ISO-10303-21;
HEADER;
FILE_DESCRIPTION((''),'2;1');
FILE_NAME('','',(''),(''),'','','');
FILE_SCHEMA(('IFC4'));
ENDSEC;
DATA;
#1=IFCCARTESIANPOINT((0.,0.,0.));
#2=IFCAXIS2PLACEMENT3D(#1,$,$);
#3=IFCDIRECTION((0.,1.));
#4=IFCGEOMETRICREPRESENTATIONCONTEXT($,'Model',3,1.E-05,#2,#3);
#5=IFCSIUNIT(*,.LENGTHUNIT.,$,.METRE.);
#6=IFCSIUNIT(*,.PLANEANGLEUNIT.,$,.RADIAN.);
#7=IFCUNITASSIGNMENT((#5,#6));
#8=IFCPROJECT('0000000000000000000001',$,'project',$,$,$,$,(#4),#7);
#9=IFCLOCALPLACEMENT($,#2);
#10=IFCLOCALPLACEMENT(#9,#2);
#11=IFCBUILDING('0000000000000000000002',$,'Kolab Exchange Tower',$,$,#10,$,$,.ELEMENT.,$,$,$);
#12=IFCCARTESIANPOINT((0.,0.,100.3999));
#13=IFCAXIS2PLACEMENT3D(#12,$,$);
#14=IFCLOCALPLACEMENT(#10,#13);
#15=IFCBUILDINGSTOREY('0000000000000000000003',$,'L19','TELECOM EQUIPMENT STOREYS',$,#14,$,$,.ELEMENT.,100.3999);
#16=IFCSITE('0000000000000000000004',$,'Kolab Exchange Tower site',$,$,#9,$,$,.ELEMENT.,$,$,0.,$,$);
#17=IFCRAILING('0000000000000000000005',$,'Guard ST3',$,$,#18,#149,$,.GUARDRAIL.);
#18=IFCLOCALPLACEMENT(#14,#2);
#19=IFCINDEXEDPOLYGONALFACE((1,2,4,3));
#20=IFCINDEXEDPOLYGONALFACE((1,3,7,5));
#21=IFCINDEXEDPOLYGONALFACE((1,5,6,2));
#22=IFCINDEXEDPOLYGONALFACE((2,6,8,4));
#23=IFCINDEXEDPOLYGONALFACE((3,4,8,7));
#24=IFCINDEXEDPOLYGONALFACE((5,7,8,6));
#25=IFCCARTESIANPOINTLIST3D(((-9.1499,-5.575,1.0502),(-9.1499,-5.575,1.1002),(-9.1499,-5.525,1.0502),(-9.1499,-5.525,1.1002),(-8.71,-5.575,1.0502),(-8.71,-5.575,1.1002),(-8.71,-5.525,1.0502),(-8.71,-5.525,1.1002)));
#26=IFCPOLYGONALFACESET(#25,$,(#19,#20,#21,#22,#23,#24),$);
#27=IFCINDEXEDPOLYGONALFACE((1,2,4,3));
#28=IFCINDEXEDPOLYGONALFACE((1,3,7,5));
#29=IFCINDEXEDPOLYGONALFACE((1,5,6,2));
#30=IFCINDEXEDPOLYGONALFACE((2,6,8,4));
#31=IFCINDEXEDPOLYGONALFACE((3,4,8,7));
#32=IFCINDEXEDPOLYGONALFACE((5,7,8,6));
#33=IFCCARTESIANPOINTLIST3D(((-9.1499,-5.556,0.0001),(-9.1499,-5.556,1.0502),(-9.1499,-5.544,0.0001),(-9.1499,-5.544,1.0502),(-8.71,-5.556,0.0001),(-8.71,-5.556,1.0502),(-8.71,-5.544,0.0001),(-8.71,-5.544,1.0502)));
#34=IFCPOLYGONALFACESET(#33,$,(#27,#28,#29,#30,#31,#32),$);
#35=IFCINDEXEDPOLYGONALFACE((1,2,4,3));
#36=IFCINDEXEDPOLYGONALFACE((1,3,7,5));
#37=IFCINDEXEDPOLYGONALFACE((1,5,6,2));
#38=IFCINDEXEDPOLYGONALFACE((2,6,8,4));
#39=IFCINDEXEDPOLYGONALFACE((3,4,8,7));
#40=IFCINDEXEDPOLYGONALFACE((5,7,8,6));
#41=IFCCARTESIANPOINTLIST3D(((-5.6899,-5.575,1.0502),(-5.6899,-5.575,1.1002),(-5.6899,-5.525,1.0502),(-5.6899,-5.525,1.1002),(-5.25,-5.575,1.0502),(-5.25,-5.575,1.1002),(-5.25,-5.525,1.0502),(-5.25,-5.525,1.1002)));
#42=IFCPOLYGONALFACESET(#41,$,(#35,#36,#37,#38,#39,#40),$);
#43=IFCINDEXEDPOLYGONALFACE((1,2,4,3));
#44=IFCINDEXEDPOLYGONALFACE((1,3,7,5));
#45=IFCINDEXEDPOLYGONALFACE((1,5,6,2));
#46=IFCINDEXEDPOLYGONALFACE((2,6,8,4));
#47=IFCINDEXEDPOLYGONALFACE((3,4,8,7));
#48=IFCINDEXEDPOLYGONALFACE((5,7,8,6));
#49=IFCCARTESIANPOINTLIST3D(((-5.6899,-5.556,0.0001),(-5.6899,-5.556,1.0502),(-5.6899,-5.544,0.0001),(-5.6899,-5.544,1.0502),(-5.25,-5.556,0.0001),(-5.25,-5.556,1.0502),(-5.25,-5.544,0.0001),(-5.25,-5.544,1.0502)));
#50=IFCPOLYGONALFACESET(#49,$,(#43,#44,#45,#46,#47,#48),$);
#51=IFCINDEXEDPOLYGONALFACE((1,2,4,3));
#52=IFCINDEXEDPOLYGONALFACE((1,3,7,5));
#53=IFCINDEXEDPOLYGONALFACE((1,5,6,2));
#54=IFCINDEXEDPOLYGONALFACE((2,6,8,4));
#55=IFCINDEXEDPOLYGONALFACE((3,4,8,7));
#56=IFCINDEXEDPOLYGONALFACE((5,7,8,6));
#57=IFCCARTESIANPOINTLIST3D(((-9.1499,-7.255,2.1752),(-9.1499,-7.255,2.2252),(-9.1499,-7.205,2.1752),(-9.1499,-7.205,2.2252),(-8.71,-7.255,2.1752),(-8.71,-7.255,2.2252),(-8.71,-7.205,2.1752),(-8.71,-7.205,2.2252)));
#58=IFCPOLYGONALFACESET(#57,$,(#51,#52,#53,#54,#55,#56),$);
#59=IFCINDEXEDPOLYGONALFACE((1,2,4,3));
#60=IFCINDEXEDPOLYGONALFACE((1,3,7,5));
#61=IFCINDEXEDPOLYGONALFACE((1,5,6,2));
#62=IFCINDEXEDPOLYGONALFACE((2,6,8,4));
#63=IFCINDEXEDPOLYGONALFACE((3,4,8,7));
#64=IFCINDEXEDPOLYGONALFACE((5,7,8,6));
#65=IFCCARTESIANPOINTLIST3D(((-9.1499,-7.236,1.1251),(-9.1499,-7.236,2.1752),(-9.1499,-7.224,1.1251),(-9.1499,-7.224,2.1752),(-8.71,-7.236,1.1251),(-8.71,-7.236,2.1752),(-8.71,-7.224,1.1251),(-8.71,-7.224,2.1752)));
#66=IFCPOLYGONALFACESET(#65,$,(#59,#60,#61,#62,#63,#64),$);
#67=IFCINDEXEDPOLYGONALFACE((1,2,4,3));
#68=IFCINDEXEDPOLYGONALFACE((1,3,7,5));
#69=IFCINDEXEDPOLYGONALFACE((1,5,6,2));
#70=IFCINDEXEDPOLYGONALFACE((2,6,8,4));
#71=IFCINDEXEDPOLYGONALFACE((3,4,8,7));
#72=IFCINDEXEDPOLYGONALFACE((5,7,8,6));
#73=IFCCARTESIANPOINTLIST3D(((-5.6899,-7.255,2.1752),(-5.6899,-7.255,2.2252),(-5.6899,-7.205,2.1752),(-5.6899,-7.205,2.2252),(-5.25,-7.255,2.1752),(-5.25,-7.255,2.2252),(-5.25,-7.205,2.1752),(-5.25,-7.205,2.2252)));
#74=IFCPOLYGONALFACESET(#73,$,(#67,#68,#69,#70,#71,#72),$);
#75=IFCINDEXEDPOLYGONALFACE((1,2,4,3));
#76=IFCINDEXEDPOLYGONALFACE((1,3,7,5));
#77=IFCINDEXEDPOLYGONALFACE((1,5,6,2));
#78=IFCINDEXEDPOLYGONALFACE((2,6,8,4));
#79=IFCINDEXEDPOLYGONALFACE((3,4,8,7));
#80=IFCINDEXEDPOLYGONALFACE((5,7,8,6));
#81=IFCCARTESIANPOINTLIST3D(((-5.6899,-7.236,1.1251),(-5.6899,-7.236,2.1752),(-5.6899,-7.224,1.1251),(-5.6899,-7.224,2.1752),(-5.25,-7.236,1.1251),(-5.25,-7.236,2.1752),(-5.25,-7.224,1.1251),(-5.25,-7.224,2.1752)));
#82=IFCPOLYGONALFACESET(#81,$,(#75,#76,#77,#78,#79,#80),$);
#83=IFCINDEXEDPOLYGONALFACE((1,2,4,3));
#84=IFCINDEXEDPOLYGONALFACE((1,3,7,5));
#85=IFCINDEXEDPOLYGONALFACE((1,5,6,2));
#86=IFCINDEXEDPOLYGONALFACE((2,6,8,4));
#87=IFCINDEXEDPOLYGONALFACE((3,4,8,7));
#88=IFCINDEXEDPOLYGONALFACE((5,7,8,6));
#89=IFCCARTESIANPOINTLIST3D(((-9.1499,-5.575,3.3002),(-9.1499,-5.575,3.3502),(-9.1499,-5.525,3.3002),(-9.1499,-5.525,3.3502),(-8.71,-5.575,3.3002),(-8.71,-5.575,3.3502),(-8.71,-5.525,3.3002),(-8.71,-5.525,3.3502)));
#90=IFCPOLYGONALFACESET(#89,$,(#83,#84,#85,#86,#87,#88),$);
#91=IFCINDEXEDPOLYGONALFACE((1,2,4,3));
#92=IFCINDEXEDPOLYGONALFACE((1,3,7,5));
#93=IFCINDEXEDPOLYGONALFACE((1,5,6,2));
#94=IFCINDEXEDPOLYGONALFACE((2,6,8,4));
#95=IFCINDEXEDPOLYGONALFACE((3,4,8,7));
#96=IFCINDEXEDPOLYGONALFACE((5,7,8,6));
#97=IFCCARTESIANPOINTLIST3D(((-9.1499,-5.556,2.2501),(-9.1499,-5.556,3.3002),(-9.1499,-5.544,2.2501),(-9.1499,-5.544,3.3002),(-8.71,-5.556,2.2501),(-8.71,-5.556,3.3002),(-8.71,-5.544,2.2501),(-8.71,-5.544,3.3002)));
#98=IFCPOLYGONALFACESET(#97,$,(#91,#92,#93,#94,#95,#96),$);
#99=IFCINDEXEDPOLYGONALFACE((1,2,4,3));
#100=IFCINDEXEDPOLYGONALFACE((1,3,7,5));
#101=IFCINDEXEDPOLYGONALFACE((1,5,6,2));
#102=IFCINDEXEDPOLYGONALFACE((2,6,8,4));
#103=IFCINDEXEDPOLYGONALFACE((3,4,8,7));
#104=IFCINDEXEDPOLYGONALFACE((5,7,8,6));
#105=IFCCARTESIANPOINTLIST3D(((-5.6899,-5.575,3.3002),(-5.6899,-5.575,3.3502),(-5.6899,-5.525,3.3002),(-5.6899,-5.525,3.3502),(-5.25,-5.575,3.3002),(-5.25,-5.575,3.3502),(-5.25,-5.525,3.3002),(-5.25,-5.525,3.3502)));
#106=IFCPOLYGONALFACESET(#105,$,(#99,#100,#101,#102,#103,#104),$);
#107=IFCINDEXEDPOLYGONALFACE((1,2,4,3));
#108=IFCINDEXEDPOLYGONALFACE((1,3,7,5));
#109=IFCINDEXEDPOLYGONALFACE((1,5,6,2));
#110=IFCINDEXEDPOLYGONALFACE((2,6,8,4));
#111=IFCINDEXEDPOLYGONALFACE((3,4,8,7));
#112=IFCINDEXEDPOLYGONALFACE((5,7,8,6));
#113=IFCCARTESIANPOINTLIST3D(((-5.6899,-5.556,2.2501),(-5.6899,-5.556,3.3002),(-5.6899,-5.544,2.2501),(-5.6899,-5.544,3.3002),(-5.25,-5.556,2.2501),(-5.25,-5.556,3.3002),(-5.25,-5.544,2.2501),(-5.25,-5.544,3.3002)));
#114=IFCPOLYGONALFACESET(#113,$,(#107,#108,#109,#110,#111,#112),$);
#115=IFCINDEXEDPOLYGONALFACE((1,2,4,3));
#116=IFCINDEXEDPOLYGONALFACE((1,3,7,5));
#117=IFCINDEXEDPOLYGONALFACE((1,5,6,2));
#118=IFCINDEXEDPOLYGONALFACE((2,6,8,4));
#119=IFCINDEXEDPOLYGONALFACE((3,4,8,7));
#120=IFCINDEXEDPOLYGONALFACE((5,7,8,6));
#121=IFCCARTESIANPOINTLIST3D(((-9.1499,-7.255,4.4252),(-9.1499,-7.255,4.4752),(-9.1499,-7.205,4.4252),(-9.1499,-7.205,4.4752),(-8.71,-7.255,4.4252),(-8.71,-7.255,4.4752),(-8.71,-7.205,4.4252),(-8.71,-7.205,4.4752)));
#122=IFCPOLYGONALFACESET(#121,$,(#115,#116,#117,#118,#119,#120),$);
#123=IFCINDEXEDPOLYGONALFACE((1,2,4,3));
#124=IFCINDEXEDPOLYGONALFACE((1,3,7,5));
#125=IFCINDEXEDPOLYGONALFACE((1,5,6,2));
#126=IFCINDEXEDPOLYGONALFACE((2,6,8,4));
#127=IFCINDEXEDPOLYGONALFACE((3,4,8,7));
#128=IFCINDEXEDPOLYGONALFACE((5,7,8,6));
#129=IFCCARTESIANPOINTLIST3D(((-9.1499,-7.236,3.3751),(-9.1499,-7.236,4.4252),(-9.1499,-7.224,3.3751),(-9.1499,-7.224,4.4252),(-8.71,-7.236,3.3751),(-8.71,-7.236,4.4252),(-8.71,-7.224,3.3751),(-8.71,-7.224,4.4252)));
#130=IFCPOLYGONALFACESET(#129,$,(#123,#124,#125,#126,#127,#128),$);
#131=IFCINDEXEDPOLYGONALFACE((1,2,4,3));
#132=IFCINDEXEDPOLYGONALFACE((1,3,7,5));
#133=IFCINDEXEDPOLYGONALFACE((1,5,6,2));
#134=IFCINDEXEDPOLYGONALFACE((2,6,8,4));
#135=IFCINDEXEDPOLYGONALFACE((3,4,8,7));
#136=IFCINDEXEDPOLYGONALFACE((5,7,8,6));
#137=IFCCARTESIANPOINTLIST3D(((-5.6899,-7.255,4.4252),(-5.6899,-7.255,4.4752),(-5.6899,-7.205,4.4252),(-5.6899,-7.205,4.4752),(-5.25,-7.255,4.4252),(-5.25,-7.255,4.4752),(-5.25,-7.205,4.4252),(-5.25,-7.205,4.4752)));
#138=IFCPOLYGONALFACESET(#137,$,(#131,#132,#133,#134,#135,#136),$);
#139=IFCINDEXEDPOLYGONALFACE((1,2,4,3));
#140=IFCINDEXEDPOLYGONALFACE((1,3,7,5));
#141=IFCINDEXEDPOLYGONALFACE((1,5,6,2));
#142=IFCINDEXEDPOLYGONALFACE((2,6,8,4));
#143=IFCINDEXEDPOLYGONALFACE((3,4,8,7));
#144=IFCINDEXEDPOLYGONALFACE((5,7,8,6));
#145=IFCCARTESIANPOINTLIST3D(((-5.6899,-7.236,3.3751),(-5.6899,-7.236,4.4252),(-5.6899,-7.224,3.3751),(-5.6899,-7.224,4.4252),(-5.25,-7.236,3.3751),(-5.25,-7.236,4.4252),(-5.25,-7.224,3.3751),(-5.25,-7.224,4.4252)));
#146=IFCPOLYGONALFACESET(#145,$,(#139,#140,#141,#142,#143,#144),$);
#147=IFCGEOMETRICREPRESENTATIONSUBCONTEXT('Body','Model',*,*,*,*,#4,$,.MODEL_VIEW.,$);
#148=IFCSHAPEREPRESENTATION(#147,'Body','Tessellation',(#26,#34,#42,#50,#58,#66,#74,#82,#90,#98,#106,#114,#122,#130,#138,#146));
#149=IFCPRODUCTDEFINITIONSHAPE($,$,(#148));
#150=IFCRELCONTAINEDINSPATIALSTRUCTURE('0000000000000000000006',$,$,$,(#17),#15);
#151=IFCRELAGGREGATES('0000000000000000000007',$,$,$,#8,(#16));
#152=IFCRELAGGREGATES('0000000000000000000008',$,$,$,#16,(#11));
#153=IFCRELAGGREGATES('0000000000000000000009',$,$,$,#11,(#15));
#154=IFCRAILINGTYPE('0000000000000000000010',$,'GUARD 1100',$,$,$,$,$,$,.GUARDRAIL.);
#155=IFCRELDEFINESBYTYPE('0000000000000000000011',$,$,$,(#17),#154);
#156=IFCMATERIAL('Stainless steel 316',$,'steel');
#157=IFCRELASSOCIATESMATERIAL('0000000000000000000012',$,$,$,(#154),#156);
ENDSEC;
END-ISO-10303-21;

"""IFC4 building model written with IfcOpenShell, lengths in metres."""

from ifc_helpers import new_model, si_unit, direction, frame, frame_2d, origin, origin_2d, place, context, subcontext, project, spatial, rectangle, extrude, material, type_object, element, save


model = new_model("IFC4")

# Units and contexts
model_context = context("Model", 3, precision=1e-05, world=origin(), true_north=direction((0.0, 1.0)))
body_context = subcontext(model_context, "Body", "Model", "MODEL_VIEW")
ifc_project = project(units=[si_unit("LENGTHUNIT", "METRE"), si_unit("PLANEANGLEUNIT", "RADIAN")], contexts=[model_context])

# Site, building, storey
site_placement = place(None, origin())
site = spatial("IfcSite", under=ifc_project, at=site_placement, Name="Kolab Exchange Tower site", CompositionType="ELEMENT", RefElevation=0.0)
building_placement = place(site_placement, origin())
building = spatial("IfcBuilding", under=site, at=building_placement, Name="Kolab Exchange Tower", CompositionType="ELEMENT")
storey_placement = place(building_placement, frame((0.0, 0.0, 100.3999)))
storey = spatial("IfcBuildingStorey", under=building, at=storey_placement, Name="L19", Description="TELECOM EQUIPMENT STOREYS", CompositionType="ELEMENT", Elevation=100.3999)

# Shared definitions
ifc_material_1 = material(Name="Stainless steel 316", Category="steel")

# Railing
railing_type = type_object("IfcRailingType", Name="GUARD 1100", PredefinedType="GUARDRAIL", material=ifc_material_1)
railing_placement = place(storey_placement, frame((-9.1499, -5.55, 0.0)))
element("IfcRailing", 1, at=railing_placement, inside=storey, type_object=railing_type, Name="Guard ST3", PredefinedType="GUARDRAIL", context=body_context, shape_type="SweptSolid", body=[
    extrude(rectangle(XDim=0.05, YDim=0.05, at=origin_2d()), frame((0.0, 0.0, 1.0752), z_axis=(1.0, 0.0, 0.0), x_axis=(0.0, 1.0, 0.0)), (0.0, 0.0, 1.0), 0.4399),
    extrude(rectangle(XDim=0.012, YDim=1.0501, at=frame_2d((0.0, 0.5251))), frame((0.0, 0.0, 0.0), z_axis=(1.0, 0.0, 0.0), x_axis=(0.0, 1.0, 0.0)), (0.0, 0.0, 1.0), 0.4399),
    extrude(rectangle(XDim=0.05, YDim=0.05, at=origin_2d()), frame((3.46, 0.0, 1.0752), z_axis=(1.0, 0.0, 0.0), x_axis=(0.0, 1.0, 0.0)), (0.0, 0.0, 1.0), 0.4399),
    extrude(rectangle(XDim=0.012, YDim=1.0501, at=frame_2d((0.0, 0.5251))), frame((3.46, 0.0, 0.0), z_axis=(1.0, 0.0, 0.0), x_axis=(0.0, 1.0, 0.0)), (0.0, 0.0, 1.0), 0.4399),
    extrude(rectangle(XDim=0.05, YDim=0.05, at=origin_2d()), frame((0.0, -1.6799, 2.2002), z_axis=(1.0, 0.0, 0.0), x_axis=(0.0, 1.0, 0.0)), (0.0, 0.0, 1.0), 0.4399),
    extrude(rectangle(XDim=0.012, YDim=1.0501, at=frame_2d((0.0, 0.5251))), frame((0.0, -1.6799, 1.125), z_axis=(1.0, 0.0, 0.0), x_axis=(0.0, 1.0, 0.0)), (0.0, 0.0, 1.0), 0.4399),
    extrude(rectangle(XDim=0.05, YDim=0.05, at=origin_2d()), frame((3.46, -1.6799, 2.2002), z_axis=(1.0, 0.0, 0.0), x_axis=(0.0, 1.0, 0.0)), (0.0, 0.0, 1.0), 0.4399),
    extrude(rectangle(XDim=0.012, YDim=1.0501, at=frame_2d((0.0, 0.5251))), frame((3.46, -1.6799, 1.125), z_axis=(1.0, 0.0, 0.0), x_axis=(0.0, 1.0, 0.0)), (0.0, 0.0, 1.0), 0.4399),
    extrude(rectangle(XDim=0.05, YDim=0.05, at=origin_2d()), frame((0.0, 0.0, 3.3252), z_axis=(1.0, 0.0, 0.0), x_axis=(0.0, 1.0, 0.0)), (0.0, 0.0, 1.0), 0.4399),
    extrude(rectangle(XDim=0.012, YDim=1.0501, at=frame_2d((0.0, 0.5251))), frame((0.0, 0.0, 2.25), z_axis=(1.0, 0.0, 0.0), x_axis=(0.0, 1.0, 0.0)), (0.0, 0.0, 1.0), 0.4399),
    extrude(rectangle(XDim=0.05, YDim=0.05, at=origin_2d()), frame((3.46, 0.0, 3.3252), z_axis=(1.0, 0.0, 0.0), x_axis=(0.0, 1.0, 0.0)), (0.0, 0.0, 1.0), 0.4399),
    extrude(rectangle(XDim=0.012, YDim=1.0501, at=frame_2d((0.0, 0.5251))), frame((3.46, 0.0, 2.25), z_axis=(1.0, 0.0, 0.0), x_axis=(0.0, 1.0, 0.0)), (0.0, 0.0, 1.0), 0.4399),
    extrude(rectangle(XDim=0.05, YDim=0.05, at=origin_2d()), frame((0.0, -1.6799, 4.4502), z_axis=(1.0, 0.0, 0.0), x_axis=(0.0, 1.0, 0.0)), (0.0, 0.0, 1.0), 0.4399),
    extrude(rectangle(XDim=0.012, YDim=1.0501, at=frame_2d((0.0, 0.5251))), frame((0.0, -1.6799, 3.375), z_axis=(1.0, 0.0, 0.0), x_axis=(0.0, 1.0, 0.0)), (0.0, 0.0, 1.0), 0.4399),
    extrude(rectangle(XDim=0.05, YDim=0.05, at=origin_2d()), frame((3.46, -1.6799, 4.4502), z_axis=(1.0, 0.0, 0.0), x_axis=(0.0, 1.0, 0.0)), (0.0, 0.0, 1.0), 0.4399),
    extrude(rectangle(XDim=0.012, YDim=1.0501, at=frame_2d((0.0, 0.5251))), frame((3.46, -1.6799, 3.375), z_axis=(1.0, 0.0, 0.0), x_axis=(0.0, 1.0, 0.0)), (0.0, 0.0, 1.0), 0.4399),
])

save(model, "model.ifc")
